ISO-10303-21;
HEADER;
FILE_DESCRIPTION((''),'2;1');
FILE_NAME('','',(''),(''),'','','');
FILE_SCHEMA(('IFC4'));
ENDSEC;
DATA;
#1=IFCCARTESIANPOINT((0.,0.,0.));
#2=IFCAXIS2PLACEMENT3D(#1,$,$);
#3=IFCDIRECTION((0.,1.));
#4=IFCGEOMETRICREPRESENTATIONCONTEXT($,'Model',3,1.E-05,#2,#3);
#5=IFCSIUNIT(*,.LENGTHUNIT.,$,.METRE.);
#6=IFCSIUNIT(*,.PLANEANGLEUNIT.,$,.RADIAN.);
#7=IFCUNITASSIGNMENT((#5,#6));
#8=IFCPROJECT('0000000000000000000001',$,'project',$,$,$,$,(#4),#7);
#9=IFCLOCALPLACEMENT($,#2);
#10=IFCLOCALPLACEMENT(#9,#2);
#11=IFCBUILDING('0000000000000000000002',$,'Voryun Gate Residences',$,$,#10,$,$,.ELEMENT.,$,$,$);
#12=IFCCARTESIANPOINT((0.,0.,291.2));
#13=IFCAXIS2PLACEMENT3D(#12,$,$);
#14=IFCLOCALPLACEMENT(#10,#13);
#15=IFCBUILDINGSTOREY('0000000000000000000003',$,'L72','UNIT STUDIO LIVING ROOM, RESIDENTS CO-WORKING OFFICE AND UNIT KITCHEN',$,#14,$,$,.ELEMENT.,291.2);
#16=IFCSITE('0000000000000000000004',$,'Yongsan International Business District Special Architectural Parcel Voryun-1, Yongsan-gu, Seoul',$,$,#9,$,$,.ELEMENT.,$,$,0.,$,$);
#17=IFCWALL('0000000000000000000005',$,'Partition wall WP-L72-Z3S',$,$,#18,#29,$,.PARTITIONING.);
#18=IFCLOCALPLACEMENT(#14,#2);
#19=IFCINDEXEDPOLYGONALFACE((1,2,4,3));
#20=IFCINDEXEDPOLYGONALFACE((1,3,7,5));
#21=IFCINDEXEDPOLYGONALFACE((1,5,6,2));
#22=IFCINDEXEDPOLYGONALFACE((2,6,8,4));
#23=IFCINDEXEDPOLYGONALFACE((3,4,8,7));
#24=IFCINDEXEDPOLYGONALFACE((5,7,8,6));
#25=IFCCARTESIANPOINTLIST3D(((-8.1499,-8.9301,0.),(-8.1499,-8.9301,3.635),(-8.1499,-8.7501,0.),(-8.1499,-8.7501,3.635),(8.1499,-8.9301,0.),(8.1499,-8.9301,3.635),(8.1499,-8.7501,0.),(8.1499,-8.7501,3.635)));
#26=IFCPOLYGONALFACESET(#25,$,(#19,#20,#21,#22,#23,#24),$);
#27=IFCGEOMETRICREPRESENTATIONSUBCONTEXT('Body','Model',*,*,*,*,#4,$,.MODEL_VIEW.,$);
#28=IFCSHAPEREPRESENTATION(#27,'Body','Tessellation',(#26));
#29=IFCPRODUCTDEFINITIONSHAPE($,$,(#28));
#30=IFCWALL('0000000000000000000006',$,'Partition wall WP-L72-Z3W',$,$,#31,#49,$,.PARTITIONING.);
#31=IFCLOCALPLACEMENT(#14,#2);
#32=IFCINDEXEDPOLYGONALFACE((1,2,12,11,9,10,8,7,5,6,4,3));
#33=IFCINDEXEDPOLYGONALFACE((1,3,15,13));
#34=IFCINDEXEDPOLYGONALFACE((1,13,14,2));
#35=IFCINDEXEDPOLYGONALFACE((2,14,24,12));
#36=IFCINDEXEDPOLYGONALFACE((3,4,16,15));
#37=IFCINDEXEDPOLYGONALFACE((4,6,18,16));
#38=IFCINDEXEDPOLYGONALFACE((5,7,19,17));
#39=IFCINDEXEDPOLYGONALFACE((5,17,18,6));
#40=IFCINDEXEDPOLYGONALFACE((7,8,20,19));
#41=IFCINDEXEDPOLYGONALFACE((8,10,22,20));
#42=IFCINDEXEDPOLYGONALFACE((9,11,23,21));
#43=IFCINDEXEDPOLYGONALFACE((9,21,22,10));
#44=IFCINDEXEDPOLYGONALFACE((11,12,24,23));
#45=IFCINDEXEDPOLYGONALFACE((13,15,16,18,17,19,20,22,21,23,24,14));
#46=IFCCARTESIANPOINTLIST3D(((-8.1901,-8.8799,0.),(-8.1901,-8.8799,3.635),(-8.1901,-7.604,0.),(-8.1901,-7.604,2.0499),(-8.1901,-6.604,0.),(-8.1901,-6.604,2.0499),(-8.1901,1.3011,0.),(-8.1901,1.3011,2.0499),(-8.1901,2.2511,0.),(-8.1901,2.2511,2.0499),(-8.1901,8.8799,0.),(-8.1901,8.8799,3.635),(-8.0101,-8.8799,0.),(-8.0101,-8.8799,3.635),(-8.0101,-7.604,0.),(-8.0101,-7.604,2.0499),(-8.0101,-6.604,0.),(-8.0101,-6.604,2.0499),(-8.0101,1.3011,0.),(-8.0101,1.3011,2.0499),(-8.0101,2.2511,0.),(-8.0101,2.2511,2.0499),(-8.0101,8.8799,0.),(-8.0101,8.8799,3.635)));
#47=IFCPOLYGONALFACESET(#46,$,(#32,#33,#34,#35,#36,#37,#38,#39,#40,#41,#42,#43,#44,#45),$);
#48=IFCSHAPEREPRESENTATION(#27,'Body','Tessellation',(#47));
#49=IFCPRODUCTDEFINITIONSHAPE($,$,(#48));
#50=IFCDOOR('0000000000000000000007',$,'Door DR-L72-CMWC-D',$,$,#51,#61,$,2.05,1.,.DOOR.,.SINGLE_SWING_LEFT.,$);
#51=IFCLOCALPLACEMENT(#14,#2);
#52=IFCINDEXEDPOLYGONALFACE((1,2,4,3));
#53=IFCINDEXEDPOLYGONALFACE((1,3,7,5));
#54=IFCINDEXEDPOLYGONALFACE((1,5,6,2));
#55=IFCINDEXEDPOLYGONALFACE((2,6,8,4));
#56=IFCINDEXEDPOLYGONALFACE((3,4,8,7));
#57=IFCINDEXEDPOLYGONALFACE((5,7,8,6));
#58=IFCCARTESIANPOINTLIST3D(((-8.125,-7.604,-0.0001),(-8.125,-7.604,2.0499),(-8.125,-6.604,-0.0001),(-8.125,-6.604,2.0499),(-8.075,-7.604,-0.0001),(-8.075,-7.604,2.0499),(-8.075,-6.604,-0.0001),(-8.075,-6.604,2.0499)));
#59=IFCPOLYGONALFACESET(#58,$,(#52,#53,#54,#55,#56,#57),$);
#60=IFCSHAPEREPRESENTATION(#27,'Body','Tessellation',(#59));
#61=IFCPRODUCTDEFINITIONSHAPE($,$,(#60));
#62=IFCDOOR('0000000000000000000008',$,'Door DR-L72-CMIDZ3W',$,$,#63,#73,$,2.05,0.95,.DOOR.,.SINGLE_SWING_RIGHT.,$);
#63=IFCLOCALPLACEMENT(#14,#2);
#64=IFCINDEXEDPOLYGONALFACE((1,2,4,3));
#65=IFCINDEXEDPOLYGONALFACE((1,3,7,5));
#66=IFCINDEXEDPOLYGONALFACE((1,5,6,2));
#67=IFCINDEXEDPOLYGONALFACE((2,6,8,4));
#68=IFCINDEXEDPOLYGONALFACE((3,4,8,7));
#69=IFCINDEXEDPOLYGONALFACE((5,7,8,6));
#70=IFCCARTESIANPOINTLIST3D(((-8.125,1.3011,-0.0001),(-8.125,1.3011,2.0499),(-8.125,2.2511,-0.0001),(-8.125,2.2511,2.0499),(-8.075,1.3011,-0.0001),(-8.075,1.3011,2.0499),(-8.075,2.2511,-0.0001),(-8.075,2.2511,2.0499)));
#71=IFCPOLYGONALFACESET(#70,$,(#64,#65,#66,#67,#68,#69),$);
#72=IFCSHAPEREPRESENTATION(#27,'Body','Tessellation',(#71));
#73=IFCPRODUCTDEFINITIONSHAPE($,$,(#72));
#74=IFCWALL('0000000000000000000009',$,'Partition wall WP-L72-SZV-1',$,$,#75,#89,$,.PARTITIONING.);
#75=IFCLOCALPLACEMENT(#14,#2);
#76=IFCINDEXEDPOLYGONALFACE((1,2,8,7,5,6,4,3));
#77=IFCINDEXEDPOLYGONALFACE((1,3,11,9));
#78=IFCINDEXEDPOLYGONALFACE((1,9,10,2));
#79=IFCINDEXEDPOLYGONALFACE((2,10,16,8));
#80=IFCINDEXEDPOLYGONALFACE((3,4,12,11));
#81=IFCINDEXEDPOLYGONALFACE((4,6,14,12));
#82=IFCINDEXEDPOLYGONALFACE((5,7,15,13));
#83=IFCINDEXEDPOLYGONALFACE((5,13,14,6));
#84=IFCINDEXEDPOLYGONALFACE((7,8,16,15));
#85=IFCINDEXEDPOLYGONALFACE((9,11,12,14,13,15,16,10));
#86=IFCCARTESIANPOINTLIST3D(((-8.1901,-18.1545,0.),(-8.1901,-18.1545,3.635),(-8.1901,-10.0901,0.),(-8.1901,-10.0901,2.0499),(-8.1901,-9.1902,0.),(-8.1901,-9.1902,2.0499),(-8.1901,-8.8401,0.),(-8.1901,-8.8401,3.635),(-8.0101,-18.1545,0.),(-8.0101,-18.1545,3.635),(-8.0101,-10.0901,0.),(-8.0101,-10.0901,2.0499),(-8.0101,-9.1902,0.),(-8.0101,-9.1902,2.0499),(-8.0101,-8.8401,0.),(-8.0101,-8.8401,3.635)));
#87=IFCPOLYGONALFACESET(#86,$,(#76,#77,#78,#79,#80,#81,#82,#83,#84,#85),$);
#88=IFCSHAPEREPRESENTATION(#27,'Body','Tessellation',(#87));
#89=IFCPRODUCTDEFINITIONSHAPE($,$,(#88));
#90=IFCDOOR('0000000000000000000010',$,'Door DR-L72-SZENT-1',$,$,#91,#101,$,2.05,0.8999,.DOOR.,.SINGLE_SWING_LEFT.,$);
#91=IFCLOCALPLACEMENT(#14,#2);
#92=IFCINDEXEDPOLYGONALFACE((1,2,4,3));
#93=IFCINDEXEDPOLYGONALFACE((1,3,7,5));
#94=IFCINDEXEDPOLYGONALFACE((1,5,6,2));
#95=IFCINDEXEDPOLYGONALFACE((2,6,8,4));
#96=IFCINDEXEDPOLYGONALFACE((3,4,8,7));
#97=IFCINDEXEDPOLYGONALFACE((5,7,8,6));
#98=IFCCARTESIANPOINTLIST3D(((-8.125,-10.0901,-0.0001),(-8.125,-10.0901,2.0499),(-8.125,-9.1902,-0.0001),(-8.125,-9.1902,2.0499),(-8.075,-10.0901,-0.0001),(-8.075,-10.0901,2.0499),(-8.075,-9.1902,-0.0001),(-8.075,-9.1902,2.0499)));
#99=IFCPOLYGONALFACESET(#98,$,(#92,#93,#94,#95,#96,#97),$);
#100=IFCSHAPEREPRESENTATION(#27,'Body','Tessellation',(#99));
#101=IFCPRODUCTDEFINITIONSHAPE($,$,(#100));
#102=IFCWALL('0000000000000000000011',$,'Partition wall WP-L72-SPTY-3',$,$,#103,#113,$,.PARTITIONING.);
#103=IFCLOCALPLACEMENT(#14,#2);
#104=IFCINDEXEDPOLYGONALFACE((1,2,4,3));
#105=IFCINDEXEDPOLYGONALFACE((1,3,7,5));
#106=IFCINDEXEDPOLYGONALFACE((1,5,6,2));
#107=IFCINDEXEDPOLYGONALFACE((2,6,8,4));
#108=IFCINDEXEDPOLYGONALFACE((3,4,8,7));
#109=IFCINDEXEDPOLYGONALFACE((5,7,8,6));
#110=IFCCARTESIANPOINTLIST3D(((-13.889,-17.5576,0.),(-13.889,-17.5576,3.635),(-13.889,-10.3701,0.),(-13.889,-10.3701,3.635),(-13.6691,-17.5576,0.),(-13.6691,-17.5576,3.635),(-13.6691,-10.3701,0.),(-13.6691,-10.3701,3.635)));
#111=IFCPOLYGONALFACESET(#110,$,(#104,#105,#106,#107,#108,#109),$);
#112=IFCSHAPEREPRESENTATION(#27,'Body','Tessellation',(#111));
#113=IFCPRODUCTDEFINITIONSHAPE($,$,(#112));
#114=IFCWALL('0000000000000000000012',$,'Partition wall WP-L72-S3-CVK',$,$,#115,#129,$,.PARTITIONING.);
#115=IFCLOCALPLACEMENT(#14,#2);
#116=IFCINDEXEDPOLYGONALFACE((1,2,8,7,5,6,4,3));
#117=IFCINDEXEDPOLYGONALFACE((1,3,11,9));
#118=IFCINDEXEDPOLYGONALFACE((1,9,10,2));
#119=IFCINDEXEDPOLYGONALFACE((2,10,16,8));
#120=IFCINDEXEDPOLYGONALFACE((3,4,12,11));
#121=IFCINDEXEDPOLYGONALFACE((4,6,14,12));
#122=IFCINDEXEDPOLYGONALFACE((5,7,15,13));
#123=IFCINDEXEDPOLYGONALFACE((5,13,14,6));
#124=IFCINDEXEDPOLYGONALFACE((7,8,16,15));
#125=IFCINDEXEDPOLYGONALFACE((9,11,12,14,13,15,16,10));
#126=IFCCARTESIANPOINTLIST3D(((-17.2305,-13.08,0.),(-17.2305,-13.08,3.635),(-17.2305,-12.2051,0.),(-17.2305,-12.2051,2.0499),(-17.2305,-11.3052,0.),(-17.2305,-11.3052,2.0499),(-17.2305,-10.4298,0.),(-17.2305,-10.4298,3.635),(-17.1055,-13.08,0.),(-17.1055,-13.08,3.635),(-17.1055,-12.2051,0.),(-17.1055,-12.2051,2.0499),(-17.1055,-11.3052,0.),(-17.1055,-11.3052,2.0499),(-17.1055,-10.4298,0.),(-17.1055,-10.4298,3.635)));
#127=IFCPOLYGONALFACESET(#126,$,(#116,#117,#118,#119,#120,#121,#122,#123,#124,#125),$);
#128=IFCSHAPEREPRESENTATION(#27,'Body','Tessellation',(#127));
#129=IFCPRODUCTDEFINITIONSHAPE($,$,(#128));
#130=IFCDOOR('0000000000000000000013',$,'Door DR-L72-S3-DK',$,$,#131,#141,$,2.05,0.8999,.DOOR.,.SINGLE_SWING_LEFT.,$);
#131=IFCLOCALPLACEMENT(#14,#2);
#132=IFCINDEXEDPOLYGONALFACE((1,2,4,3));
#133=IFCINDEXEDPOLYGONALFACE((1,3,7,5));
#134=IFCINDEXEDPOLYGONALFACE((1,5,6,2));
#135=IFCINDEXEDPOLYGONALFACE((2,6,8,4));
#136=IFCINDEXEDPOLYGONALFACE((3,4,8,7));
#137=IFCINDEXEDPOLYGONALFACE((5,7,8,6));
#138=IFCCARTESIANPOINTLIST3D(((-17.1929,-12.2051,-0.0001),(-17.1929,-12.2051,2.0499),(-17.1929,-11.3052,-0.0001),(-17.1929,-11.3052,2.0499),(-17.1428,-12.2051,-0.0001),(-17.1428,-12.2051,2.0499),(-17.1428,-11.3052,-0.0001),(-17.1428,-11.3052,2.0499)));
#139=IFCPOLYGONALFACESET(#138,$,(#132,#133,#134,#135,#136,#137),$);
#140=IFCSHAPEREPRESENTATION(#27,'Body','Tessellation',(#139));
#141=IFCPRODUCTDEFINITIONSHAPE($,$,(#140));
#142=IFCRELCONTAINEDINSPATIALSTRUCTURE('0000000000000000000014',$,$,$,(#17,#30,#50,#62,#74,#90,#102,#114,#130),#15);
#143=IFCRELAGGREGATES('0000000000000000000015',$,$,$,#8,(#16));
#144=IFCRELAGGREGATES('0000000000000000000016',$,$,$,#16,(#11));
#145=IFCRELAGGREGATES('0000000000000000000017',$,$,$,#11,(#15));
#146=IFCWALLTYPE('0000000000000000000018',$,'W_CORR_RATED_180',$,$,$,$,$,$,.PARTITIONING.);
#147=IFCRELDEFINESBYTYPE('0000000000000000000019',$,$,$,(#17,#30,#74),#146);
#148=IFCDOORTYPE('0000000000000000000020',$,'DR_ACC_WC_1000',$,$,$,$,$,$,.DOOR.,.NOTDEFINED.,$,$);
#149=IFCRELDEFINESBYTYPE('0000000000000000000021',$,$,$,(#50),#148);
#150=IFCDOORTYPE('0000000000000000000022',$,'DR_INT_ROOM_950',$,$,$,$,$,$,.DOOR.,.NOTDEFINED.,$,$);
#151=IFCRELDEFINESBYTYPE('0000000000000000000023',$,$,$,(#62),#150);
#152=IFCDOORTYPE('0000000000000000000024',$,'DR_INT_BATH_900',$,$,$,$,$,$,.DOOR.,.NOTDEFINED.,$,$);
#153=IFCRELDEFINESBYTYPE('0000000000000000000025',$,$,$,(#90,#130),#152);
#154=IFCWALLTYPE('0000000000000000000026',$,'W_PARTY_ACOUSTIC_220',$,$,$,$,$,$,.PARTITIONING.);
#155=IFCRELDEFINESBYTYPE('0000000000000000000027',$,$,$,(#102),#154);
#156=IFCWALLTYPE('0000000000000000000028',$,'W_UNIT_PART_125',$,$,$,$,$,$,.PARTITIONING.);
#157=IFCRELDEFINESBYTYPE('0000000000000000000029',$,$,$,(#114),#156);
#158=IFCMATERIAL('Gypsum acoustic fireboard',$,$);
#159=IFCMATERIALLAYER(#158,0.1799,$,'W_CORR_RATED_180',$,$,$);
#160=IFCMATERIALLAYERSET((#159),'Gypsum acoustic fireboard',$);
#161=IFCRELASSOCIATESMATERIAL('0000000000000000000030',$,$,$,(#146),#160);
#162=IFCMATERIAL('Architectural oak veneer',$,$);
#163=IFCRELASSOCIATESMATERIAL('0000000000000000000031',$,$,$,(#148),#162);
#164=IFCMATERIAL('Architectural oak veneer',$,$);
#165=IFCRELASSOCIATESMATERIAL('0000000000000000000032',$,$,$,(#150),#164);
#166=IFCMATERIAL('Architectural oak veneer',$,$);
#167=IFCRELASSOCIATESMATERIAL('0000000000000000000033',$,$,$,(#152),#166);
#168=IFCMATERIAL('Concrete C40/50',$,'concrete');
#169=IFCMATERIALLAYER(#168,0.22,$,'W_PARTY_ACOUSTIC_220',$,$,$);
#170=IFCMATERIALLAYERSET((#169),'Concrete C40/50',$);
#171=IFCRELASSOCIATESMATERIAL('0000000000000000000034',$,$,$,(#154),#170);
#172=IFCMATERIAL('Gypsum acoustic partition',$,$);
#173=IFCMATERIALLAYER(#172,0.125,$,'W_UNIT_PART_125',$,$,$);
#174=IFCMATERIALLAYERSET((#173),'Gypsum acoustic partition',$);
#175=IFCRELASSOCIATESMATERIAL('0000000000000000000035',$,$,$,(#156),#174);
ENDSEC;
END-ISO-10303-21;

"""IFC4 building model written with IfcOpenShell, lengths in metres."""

from ifc_helpers import new_model, si_unit, direction, frame, frame_2d, origin, place, context, subcontext, project, spatial, rectangle, extrude, material, layer, layer_set, type_object, element, fill, save


model = new_model("IFC4")

# Units and contexts
model_context = context("Model", 3, precision=1e-05, world=origin(), true_north=direction((0.0, 1.0)))
body_context = subcontext(model_context, "Body", "Model", "MODEL_VIEW")
ifc_project = project(units=[si_unit("LENGTHUNIT", "METRE"), si_unit("PLANEANGLEUNIT", "RADIAN")], contexts=[model_context])

# Site, building, storey
site_placement = place(None, origin())
site = spatial("IfcSite", under=ifc_project, at=site_placement, Name="Yongsan International Business District Special Architectural Parcel Voryun-1, Yongsan-gu, Seoul", CompositionType="ELEMENT", RefElevation=0.0)
building_placement = place(site_placement, origin())
building = spatial("IfcBuilding", under=site, at=building_placement, Name="Voryun Gate Residences", CompositionType="ELEMENT")
storey_placement = place(building_placement, frame((0.0, 0.0, 291.2)))
storey = spatial("IfcBuildingStorey", under=building, at=storey_placement, Name="L72", Description="UNIT STUDIO LIVING ROOM, RESIDENTS CO-WORKING OFFICE AND UNIT KITCHEN", CompositionType="ELEMENT", Elevation=291.2)

# Shared definitions
ifc_material_1 = material(Name="Gypsum acoustic fireboard")
ifc_layer_1 = layer(ifc_material_1, 0.1799, Name="W_CORR_RATED_180")
ifc_layer_set_1 = layer_set([ifc_layer_1], Name="Gypsum acoustic fireboard")
wall_type_1 = type_object("IfcWallType", Name="W_CORR_RATED_180", PredefinedType="PARTITIONING", material=ifc_layer_set_1)

# Wall
wall_1_placement = place(storey_placement, frame((-8.1499, -8.8401, 0.0), z_axis=(0.0, 0.0, 1.0), x_axis=(1.0, 0.0, 0.0)))
element("IfcWall", 1, at=wall_1_placement, inside=storey, type_object=wall_type_1, Name="Partition wall WP-L72-Z3S", PredefinedType="PARTITIONING", context=body_context, shape_type="SweptSolid", body=[
    extrude(rectangle(XDim=16.2998, YDim=0.1799, at=frame_2d((8.1499, 0.0))), origin(), (0.0, 0.0, 1.0), 3.635),
])

# Wall, openings, doors
wall_2_placement = place(storey_placement, frame((-8.1001, -8.8799, 0.0), z_axis=(0.0, 0.0, 1.0), x_axis=(0.0, 1.0, 0.0)))
wall_2 = element("IfcWall", 2, at=wall_2_placement, inside=storey, type_object=wall_type_1, Name="Partition wall WP-L72-Z3W", PredefinedType="PARTITIONING", context=body_context, shape_type="SweptSolid", body=[
    extrude(rectangle(XDim=17.7598, YDim=0.1799, at=frame_2d((8.8799, 0.0))), origin(), (0.0, 0.0, 1.0), 3.635),
])
opening_1_placement = place(wall_2_placement, frame((1.2759, 0.0, 0.0)))
opening_1 = element("IfcOpeningElement", 3, at=opening_1_placement, cuts=wall_2, PredefinedType="OPENING", context=body_context, shape_type="SweptSolid", body=[
    extrude(rectangle(XDim=1.0, YDim=2.05, at=frame_2d((0.5, 1.0249))), frame((0.0, 0.0999, 0.0), z_axis=(0.0, -1.0, 0.0), x_axis=(1.0, 0.0, 0.0)), (0.0, 0.0, 1.0), 0.2),
])
opening_2_placement = place(wall_2_placement, frame((10.1809, 0.0, 0.0)))
opening_2 = element("IfcOpeningElement", 4, at=opening_2_placement, cuts=wall_2, PredefinedType="OPENING", context=body_context, shape_type="SweptSolid", body=[
    extrude(rectangle(XDim=0.95, YDim=2.05, at=frame_2d((0.4751, 1.0249))), frame((0.0, 0.0999, 0.0), z_axis=(0.0, -1.0, 0.0), x_axis=(1.0, 0.0, 0.0)), (0.0, 0.0, 1.0), 0.2),
])
ifc_material_2 = material(Name="Architectural oak veneer")
door_type_1 = type_object("IfcDoorType", Name="DR_ACC_WC_1000", OperationType="NOTDEFINED", PredefinedType="DOOR", material=ifc_material_2)
door_1_placement = place(opening_1_placement, origin())
door_1 = element("IfcDoor", 5, at=door_1_placement, inside=storey, type_object=door_type_1, Name="Door DR-L72-CMWC-D", OperationType="SINGLE_SWING_LEFT", OverallHeight=2.05, OverallWidth=1.0, PredefinedType="DOOR", context=body_context, shape_type="SweptSolid", body=[
    extrude(rectangle(XDim=1.0, YDim=2.05, at=frame_2d((0.5, 1.0249))), frame((0.0, 0.0249, 0.0), z_axis=(0.0, -1.0, 0.0), x_axis=(1.0, 0.0, 0.0)), (0.0, 0.0, 1.0), 0.05),
])
fill(opening_1, door_1)
ifc_material_3 = material(Name="Architectural oak veneer")
door_type_2 = type_object("IfcDoorType", Name="DR_INT_ROOM_950", OperationType="NOTDEFINED", PredefinedType="DOOR", material=ifc_material_3)
door_2_placement = place(opening_2_placement, origin())
door_2 = element("IfcDoor", 6, at=door_2_placement, inside=storey, type_object=door_type_2, Name="Door DR-L72-CMIDZ3W", OperationType="SINGLE_SWING_RIGHT", OverallHeight=2.05, OverallWidth=0.95, PredefinedType="DOOR", context=body_context, shape_type="SweptSolid", body=[
    extrude(rectangle(XDim=0.95, YDim=2.05, at=frame_2d((0.4751, 1.0249))), frame((0.0, 0.0249, 0.0), z_axis=(0.0, -1.0, 0.0), x_axis=(1.0, 0.0, 0.0)), (0.0, 0.0, 1.0), 0.05),
])
fill(opening_2, door_2)

# Wall, opening, door
wall_3_placement = place(storey_placement, frame((-8.1001, -18.1545, 0.0), z_axis=(0.0, 0.0, 1.0), x_axis=(0.0, 1.0, 0.0)))
wall_3 = element("IfcWall", 7, at=wall_3_placement, inside=storey, type_object=wall_type_1, Name="Partition wall WP-L72-SZV-1", PredefinedType="PARTITIONING", context=body_context, shape_type="SweptSolid", body=[
    extrude(rectangle(XDim=9.3145, YDim=0.1799, at=frame_2d((4.6572, 0.0))), origin(), (0.0, 0.0, 1.0), 3.635),
])
opening_3_placement = place(wall_3_placement, frame((8.0645, 0.0, 0.0)))
opening_3 = element("IfcOpeningElement", 8, at=opening_3_placement, cuts=wall_3, PredefinedType="OPENING", context=body_context, shape_type="SweptSolid", body=[
    extrude(rectangle(XDim=0.8999, YDim=2.05, at=frame_2d((0.45, 1.0249))), frame((0.0, 0.0999, 0.0), z_axis=(0.0, -1.0, 0.0), x_axis=(1.0, 0.0, 0.0)), (0.0, 0.0, 1.0), 0.2),
])
ifc_material_4 = material(Name="Architectural oak veneer")
door_type_3 = type_object("IfcDoorType", Name="DR_INT_BATH_900", OperationType="NOTDEFINED", PredefinedType="DOOR", material=ifc_material_4)
door_3_placement = place(opening_3_placement, origin())
door_3 = element("IfcDoor", 9, at=door_3_placement, inside=storey, type_object=door_type_3, Name="Door DR-L72-SZENT-1", OperationType="SINGLE_SWING_LEFT", OverallHeight=2.05, OverallWidth=0.8999, PredefinedType="DOOR", context=body_context, shape_type="SweptSolid", body=[
    extrude(rectangle(XDim=0.8999, YDim=2.05, at=frame_2d((0.45, 1.0249))), frame((0.0, 0.0249, 0.0), z_axis=(0.0, -1.0, 0.0), x_axis=(1.0, 0.0, 0.0)), (0.0, 0.0, 1.0), 0.05),
])
fill(opening_3, door_3)

# Wall
ifc_material_5 = material(Name="Concrete C40/50", Category="concrete")
ifc_layer_2 = layer(ifc_material_5, 0.22, Name="W_PARTY_ACOUSTIC_220")
ifc_layer_set_2 = layer_set([ifc_layer_2], Name="Concrete C40/50")
wall_type_2 = type_object("IfcWallType", Name="W_PARTY_ACOUSTIC_220", PredefinedType="PARTITIONING", material=ifc_layer_set_2)
wall_4_placement = place(storey_placement, frame((-13.7791, -17.5576, 0.0), z_axis=(0.0, 0.0, 1.0), x_axis=(0.0, 1.0, 0.0)))
element("IfcWall", 10, at=wall_4_placement, inside=storey, type_object=wall_type_2, Name="Partition wall WP-L72-SPTY-3", PredefinedType="PARTITIONING", context=body_context, shape_type="SweptSolid", body=[
    extrude(rectangle(XDim=7.1875, YDim=0.22, at=frame_2d((3.5938, 0.0))), origin(), (0.0, 0.0, 1.0), 3.635),
])

# Wall, opening, door
ifc_material_6 = material(Name="Gypsum acoustic partition")
ifc_layer_3 = layer(ifc_material_6, 0.125, Name="W_UNIT_PART_125")
ifc_layer_set_3 = layer_set([ifc_layer_3], Name="Gypsum acoustic partition")
wall_type_3 = type_object("IfcWallType", Name="W_UNIT_PART_125", PredefinedType="PARTITIONING", material=ifc_layer_set_3)
wall_5_placement = place(storey_placement, frame((-17.168, -13.0801, 0.0), z_axis=(0.0, 0.0, 1.0), x_axis=(0.0, 1.0, 0.0)))
wall_5 = element("IfcWall", 11, at=wall_5_placement, inside=storey, type_object=wall_type_3, Name="Partition wall WP-L72-S3-CVK", PredefinedType="PARTITIONING", context=body_context, shape_type="SweptSolid", body=[
    extrude(rectangle(XDim=2.6501, YDim=0.125, at=frame_2d((1.3252, 0.0))), origin(), (0.0, 0.0, 1.0), 3.635),
])
opening_4_placement = place(wall_5_placement, frame((0.875, 0.0, 0.0)))
opening_4 = element("IfcOpeningElement", 12, at=opening_4_placement, cuts=wall_5, PredefinedType="OPENING", context=body_context, shape_type="SweptSolid", body=[
    extrude(rectangle(XDim=0.8999, YDim=2.05, at=frame_2d((0.45, 1.0249))), frame((0.0, 0.0725, 0.0), z_axis=(0.0, -1.0, 0.0), x_axis=(1.0, 0.0, 0.0)), (0.0, 0.0, 1.0), 0.145),
])
door_4_placement = place(opening_4_placement, origin())
door_4 = element("IfcDoor", 13, at=door_4_placement, inside=storey, type_object=door_type_3, Name="Door DR-L72-S3-DK", OperationType="SINGLE_SWING_LEFT", OverallHeight=2.05, OverallWidth=0.8999, PredefinedType="DOOR", context=body_context, shape_type="SweptSolid", body=[
    extrude(rectangle(XDim=0.8999, YDim=2.05, at=frame_2d((0.45, 1.0249))), frame((0.0, 0.0249, 0.0), z_axis=(0.0, -1.0, 0.0), x_axis=(1.0, 0.0, 0.0)), (0.0, 0.0, 1.0), 0.05),
])
fill(opening_4, door_4)

save(model, "model.ifc")
